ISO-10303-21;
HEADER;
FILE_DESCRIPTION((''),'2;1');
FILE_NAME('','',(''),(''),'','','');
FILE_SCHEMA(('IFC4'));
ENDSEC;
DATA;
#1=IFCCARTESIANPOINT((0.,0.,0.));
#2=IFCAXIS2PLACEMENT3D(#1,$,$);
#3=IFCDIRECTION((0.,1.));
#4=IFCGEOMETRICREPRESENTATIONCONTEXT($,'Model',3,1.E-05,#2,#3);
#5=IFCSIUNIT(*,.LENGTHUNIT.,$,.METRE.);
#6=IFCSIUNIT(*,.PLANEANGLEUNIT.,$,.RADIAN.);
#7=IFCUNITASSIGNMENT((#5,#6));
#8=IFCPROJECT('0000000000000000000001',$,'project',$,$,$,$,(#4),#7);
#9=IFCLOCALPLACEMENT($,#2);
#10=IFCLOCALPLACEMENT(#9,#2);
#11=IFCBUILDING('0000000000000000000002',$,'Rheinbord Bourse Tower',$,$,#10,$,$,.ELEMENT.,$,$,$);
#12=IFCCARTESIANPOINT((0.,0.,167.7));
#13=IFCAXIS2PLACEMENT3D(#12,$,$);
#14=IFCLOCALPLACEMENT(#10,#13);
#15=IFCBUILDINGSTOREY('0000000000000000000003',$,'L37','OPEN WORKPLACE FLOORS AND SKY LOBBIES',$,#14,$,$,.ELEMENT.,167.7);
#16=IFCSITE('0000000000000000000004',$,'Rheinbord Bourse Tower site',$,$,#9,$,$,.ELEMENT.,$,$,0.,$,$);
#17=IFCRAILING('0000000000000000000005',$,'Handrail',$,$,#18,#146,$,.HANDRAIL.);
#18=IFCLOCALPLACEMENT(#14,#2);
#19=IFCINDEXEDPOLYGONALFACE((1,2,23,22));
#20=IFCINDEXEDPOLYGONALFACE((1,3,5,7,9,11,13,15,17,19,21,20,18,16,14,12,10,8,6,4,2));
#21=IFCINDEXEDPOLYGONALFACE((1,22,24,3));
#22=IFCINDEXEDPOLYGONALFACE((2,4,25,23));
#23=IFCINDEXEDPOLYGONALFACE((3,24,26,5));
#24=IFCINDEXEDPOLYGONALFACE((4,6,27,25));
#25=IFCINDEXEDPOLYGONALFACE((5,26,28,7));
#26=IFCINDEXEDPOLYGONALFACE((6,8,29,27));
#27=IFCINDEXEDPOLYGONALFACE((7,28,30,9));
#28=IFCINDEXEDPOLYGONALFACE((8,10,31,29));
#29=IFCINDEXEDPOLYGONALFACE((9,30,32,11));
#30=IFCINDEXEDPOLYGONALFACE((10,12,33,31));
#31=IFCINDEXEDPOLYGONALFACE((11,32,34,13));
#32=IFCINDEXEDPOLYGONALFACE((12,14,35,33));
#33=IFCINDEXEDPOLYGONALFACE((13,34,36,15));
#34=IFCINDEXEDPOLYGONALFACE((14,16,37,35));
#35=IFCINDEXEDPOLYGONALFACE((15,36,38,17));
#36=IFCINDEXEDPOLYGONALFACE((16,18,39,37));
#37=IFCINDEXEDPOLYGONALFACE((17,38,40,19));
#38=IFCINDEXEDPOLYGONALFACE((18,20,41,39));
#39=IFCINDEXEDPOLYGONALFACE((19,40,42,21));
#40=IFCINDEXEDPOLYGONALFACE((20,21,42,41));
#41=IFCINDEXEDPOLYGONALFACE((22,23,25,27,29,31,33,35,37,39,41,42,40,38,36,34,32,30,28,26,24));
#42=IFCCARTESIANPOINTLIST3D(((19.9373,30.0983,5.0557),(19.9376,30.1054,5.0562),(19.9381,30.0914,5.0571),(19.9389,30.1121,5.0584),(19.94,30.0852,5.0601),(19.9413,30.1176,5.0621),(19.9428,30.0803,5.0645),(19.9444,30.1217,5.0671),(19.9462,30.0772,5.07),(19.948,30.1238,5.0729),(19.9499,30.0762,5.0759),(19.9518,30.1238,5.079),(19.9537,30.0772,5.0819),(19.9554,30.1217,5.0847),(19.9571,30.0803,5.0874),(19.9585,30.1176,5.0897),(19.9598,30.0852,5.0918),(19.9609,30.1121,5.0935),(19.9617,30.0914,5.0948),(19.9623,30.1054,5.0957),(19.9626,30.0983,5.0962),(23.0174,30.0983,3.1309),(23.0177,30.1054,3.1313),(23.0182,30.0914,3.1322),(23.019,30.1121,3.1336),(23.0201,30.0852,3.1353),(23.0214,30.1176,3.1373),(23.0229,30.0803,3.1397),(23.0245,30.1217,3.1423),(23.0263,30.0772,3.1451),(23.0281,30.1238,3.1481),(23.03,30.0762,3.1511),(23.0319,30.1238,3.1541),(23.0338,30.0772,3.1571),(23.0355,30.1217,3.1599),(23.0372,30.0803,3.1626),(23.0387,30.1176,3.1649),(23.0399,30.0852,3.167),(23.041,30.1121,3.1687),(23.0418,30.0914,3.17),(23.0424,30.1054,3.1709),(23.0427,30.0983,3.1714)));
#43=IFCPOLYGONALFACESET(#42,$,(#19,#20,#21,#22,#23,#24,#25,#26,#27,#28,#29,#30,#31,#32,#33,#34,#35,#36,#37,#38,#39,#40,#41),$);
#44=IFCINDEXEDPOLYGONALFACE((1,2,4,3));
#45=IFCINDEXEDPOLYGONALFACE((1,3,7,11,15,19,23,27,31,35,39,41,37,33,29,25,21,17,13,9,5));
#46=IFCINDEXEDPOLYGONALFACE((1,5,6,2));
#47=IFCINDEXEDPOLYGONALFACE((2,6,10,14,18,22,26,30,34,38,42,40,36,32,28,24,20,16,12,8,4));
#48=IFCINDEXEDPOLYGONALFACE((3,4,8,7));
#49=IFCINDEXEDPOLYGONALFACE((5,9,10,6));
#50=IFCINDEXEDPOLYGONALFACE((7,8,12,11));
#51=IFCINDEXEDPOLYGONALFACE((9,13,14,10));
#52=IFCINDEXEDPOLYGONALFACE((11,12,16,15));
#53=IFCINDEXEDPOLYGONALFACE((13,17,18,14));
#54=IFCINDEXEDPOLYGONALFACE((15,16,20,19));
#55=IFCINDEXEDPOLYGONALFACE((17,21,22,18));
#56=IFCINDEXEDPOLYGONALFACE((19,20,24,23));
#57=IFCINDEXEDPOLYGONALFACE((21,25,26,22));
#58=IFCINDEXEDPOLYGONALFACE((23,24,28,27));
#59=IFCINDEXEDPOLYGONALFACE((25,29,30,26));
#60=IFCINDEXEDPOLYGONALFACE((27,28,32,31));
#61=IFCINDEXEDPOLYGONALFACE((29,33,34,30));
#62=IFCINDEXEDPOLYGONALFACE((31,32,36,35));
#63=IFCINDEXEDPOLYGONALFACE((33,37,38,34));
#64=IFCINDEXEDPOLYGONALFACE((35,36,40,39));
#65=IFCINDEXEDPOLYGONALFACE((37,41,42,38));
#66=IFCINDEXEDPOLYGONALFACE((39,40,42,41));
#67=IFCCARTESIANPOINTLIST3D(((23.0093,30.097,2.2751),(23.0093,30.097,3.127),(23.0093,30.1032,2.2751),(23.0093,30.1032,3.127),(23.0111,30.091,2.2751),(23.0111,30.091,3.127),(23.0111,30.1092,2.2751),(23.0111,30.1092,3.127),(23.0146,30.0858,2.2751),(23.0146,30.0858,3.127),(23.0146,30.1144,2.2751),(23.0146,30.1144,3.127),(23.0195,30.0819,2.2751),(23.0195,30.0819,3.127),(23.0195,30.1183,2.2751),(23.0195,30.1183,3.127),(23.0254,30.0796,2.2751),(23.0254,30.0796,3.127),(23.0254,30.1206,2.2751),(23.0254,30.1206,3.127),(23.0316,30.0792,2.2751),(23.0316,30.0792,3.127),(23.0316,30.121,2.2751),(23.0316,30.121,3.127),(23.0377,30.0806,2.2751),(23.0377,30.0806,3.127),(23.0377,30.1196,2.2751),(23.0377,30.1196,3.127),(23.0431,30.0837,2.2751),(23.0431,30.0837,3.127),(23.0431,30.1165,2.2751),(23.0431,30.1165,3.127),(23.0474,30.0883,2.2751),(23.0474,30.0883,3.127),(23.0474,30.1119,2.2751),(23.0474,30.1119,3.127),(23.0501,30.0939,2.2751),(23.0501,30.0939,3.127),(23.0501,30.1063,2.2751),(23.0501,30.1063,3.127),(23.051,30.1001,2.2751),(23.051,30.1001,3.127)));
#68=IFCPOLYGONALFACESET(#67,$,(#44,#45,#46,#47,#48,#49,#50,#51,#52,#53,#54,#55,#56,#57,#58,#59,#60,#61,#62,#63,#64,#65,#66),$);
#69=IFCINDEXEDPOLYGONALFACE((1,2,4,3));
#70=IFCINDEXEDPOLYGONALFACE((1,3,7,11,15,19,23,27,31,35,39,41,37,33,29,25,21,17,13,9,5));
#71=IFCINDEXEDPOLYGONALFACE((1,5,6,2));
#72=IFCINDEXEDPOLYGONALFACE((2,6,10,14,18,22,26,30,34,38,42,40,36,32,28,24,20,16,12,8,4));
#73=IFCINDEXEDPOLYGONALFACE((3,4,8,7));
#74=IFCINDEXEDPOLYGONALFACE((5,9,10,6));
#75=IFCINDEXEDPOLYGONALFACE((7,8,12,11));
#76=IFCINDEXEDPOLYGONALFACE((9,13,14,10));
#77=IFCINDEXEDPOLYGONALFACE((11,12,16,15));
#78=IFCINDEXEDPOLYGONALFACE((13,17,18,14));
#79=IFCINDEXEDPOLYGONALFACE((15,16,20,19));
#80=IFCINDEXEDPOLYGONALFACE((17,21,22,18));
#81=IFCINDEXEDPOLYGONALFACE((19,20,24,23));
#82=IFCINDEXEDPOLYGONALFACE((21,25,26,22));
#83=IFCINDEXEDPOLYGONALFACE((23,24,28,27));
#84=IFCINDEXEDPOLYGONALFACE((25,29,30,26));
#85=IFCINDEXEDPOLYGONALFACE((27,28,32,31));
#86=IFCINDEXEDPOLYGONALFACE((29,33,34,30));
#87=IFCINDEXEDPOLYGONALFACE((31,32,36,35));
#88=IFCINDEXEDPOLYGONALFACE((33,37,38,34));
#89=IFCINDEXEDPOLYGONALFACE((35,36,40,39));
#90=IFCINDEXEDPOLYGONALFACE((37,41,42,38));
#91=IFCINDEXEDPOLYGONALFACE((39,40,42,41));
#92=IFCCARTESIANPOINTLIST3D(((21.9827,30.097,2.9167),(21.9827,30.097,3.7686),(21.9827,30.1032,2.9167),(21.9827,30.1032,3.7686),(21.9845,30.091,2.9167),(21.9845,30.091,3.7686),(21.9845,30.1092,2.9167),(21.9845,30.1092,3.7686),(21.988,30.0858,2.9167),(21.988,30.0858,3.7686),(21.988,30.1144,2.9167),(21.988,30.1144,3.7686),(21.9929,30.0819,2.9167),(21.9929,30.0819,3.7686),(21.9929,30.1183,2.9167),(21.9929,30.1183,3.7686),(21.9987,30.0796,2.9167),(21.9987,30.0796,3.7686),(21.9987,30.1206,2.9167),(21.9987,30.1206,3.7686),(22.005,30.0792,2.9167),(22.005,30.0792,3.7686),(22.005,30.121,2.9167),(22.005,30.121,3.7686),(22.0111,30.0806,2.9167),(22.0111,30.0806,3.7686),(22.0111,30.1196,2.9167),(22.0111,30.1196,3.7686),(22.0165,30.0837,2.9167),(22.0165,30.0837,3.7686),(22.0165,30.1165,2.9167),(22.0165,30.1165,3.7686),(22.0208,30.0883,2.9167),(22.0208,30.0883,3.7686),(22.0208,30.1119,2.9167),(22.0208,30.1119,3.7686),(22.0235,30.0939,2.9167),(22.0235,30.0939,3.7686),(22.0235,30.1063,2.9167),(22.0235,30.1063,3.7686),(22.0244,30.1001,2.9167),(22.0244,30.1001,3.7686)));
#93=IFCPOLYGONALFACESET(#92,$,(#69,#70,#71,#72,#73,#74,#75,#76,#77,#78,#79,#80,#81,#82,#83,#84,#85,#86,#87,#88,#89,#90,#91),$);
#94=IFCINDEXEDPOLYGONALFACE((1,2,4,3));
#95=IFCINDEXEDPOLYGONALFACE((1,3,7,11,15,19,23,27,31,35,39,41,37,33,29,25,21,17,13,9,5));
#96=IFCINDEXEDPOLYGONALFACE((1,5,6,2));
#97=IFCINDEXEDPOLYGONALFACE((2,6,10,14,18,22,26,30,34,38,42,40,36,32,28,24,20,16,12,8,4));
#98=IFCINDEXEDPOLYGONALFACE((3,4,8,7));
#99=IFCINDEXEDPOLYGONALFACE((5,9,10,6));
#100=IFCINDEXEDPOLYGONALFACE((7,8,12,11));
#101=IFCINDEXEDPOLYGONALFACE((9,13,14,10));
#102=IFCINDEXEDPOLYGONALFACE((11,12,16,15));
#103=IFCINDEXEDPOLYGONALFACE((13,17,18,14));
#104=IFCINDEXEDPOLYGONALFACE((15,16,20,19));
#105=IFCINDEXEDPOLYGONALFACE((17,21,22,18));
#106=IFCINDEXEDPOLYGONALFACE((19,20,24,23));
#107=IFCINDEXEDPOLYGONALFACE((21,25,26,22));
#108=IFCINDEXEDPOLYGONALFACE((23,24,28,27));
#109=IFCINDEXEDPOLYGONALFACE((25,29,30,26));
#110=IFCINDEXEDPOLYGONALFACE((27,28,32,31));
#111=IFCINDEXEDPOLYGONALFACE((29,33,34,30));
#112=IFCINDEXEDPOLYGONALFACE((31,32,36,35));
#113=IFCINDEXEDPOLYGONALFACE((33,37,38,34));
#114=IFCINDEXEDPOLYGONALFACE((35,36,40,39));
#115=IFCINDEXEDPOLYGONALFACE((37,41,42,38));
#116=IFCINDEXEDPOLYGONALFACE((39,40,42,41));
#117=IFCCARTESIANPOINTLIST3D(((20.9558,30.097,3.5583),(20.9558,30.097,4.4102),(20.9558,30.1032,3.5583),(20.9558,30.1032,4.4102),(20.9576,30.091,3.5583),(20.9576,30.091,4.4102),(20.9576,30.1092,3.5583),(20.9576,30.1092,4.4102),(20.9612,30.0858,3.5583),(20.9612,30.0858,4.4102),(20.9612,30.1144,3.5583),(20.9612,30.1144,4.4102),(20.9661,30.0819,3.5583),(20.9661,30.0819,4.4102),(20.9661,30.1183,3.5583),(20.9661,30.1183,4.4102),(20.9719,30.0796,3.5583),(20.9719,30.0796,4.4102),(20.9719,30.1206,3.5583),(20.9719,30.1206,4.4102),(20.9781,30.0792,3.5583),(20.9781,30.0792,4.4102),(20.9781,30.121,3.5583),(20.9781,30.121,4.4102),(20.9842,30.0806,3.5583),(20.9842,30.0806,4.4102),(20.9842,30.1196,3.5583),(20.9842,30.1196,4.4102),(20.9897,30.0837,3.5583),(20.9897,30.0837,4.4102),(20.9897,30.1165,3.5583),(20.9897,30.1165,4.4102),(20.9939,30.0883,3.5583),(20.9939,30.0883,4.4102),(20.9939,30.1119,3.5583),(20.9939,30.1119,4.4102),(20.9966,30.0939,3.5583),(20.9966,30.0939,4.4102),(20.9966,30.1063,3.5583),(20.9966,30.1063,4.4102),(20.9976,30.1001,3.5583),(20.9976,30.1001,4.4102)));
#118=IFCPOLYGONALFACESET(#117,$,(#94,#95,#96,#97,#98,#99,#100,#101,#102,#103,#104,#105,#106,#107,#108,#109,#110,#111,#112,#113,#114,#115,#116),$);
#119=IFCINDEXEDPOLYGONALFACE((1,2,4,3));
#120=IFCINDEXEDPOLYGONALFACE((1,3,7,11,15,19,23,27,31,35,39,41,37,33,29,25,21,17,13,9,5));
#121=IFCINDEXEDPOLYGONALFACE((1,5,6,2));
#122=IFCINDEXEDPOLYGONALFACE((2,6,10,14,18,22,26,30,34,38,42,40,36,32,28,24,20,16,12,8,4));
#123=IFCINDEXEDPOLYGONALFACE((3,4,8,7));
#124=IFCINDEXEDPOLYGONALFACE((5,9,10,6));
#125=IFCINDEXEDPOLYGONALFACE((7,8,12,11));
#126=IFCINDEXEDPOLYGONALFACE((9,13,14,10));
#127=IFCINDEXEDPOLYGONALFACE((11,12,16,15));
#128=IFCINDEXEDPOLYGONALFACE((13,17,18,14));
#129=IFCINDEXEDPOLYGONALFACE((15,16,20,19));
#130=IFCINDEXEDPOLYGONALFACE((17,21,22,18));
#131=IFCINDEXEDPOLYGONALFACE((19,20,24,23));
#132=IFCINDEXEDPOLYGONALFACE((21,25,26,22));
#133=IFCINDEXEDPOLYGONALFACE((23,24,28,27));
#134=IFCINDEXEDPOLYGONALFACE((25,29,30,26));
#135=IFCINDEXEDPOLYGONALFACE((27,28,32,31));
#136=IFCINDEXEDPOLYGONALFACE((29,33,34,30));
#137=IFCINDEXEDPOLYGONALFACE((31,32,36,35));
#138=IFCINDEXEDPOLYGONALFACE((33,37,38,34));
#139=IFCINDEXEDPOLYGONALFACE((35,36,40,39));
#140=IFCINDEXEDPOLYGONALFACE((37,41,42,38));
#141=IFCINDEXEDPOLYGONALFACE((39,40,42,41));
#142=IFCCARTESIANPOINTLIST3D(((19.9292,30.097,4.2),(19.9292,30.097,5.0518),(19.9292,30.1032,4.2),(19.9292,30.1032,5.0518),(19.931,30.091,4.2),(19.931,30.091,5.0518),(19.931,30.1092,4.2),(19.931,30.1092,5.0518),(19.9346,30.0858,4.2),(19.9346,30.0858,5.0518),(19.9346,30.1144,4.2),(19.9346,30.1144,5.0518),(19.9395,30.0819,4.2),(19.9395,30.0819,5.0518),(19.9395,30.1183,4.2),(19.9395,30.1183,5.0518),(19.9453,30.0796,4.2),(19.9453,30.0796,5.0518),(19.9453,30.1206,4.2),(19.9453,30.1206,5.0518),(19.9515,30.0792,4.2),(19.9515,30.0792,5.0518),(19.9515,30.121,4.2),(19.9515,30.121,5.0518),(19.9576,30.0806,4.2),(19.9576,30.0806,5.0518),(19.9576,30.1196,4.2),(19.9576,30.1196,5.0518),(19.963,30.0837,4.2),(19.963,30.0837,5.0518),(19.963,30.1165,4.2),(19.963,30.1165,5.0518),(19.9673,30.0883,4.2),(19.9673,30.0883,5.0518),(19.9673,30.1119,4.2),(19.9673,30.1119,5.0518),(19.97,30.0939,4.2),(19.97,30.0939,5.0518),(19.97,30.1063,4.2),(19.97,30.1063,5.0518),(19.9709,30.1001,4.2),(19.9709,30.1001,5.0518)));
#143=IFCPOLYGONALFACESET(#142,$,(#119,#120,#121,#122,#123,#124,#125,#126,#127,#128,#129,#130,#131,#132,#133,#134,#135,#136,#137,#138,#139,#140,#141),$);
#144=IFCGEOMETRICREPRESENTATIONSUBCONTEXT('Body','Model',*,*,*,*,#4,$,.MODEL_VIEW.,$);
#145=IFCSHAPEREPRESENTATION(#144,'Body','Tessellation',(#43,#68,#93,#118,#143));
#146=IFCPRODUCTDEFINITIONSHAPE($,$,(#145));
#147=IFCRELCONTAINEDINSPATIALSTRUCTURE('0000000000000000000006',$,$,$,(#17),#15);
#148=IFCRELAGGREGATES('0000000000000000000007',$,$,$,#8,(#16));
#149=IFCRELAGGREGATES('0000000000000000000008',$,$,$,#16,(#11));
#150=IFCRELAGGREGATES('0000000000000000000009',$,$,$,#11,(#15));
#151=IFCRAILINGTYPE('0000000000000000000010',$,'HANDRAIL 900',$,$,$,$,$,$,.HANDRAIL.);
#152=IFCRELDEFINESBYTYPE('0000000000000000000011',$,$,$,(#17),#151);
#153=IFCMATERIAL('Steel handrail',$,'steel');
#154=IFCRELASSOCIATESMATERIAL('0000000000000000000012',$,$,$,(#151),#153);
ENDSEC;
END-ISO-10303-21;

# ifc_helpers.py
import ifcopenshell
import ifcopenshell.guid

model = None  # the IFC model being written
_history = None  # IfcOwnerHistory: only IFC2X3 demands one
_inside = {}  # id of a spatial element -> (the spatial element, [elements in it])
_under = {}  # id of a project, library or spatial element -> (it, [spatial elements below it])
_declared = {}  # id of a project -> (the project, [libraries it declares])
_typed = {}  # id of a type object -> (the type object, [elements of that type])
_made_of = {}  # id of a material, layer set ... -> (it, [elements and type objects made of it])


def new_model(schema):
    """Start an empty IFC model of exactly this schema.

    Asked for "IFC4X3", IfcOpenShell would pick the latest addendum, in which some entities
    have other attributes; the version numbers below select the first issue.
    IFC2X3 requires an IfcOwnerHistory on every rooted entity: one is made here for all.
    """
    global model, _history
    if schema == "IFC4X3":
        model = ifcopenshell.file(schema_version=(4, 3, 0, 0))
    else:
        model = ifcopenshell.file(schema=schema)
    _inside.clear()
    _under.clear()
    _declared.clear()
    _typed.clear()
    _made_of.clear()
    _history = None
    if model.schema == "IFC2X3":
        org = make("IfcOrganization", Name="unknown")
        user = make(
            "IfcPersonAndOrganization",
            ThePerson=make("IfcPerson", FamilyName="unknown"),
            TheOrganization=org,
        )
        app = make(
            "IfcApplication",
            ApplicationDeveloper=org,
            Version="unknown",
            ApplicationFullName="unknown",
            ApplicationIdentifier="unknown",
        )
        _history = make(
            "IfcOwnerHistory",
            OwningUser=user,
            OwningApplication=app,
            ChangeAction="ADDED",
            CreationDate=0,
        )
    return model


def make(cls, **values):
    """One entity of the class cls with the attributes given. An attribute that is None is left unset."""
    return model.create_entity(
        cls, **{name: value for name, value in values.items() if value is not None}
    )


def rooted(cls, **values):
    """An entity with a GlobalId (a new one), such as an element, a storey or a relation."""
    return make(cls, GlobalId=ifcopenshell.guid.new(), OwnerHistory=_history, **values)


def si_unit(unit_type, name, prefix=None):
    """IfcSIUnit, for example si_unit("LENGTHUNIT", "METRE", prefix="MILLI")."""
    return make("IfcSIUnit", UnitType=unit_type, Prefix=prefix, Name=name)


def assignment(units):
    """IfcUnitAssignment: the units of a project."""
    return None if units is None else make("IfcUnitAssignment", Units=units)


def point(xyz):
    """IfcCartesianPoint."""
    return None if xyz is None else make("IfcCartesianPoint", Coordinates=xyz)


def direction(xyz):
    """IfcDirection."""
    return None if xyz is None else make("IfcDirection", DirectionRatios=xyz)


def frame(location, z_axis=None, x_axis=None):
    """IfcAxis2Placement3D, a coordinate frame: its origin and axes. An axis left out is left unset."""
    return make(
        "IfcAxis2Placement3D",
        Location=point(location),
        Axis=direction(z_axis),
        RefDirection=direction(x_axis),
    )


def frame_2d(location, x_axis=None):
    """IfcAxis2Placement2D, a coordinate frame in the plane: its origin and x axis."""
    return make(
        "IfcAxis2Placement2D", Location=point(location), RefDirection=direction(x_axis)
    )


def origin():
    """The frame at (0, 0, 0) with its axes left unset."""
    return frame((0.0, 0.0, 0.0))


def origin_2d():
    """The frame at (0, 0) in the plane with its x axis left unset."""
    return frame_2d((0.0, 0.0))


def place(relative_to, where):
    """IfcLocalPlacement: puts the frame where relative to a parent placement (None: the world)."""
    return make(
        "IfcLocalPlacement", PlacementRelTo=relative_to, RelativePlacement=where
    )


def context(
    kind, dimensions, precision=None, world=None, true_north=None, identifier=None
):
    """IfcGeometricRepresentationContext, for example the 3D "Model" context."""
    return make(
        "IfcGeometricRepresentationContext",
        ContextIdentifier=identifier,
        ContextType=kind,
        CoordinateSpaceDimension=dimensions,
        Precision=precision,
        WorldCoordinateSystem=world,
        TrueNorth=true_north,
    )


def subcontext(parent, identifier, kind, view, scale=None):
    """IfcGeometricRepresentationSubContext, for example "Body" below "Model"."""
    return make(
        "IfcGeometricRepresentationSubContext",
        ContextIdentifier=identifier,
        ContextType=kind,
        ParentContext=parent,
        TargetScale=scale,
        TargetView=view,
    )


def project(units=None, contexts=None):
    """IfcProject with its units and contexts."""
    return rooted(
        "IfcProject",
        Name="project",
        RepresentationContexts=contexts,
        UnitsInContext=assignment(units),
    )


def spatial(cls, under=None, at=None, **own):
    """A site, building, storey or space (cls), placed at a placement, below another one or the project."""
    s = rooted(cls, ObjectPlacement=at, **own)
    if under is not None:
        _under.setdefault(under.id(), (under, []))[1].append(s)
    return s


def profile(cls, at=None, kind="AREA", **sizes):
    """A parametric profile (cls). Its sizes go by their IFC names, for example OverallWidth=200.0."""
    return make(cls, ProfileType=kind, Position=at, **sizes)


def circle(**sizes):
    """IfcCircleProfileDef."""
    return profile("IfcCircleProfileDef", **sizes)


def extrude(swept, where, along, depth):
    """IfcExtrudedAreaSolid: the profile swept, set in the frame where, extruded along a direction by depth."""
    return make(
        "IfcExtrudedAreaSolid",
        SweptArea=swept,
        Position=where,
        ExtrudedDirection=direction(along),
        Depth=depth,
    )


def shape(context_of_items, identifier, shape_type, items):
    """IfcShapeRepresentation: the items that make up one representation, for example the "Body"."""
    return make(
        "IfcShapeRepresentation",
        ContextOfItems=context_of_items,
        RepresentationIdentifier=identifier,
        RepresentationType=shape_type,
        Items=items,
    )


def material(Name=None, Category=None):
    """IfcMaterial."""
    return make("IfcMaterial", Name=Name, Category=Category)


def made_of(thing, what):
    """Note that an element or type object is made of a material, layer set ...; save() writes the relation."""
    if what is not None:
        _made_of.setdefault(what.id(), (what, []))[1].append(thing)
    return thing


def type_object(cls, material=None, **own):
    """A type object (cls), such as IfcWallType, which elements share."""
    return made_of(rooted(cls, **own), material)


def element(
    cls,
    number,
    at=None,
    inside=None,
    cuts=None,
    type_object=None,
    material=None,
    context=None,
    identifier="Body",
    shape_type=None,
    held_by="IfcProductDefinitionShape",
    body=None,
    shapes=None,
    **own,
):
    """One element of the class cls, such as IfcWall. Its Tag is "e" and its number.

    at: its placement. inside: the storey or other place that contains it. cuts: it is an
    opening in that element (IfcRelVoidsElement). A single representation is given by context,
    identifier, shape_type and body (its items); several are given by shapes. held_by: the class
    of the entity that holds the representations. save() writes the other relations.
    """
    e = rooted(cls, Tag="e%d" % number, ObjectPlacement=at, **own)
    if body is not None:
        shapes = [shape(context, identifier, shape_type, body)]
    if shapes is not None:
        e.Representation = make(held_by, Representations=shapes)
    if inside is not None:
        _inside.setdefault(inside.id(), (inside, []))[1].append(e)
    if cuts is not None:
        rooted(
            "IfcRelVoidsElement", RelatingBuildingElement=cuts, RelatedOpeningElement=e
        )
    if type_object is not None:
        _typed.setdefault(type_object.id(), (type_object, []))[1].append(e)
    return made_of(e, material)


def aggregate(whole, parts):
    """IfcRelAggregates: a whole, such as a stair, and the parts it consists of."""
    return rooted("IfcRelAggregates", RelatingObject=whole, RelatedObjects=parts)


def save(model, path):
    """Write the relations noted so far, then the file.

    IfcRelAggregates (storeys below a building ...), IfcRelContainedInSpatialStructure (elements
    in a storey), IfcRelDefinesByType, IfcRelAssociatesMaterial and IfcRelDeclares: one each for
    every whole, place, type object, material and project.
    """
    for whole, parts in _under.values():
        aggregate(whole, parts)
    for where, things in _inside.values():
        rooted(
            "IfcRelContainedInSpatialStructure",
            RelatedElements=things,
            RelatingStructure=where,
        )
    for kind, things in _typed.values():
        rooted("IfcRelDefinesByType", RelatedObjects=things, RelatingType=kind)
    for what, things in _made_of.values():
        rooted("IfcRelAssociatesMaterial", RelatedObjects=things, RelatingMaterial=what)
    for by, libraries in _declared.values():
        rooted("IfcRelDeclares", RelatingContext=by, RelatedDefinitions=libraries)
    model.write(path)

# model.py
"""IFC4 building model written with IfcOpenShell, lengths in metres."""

from ifc_helpers import new_model, si_unit, direction, frame, origin, origin_2d, place, context, subcontext, project, spatial, circle, extrude, material, type_object, element, save


model = new_model("IFC4")

# Units and contexts
model_context = context("Model", 3, precision=1e-05, world=origin(), true_north=direction((0.0, 1.0)))
body_context = subcontext(model_context, "Body", "Model", "MODEL_VIEW")
ifc_project = project(units=[si_unit("LENGTHUNIT", "METRE"), si_unit("PLANEANGLEUNIT", "RADIAN")], contexts=[model_context])

# Site, building, storey
site_placement = place(None, origin())
site = spatial("IfcSite", under=ifc_project, at=site_placement, Name="Rheinbord Bourse Tower site", CompositionType="ELEMENT", RefElevation=0.0)
building_placement = place(site_placement, origin())
building = spatial("IfcBuilding", under=site, at=building_placement, Name="Rheinbord Bourse Tower", CompositionType="ELEMENT")
storey_placement = place(building_placement, frame((0.0, 0.0, 167.7)))
storey = spatial("IfcBuildingStorey", under=building, at=storey_placement, Name="L37", Description="OPEN WORKPLACE FLOORS AND SKY LOBBIES", CompositionType="ELEMENT", Elevation=167.7)

# Railing
ifc_material_1 = material(Name="Steel handrail", Category="steel")
railing_type = type_object("IfcRailingType", Name="HANDRAIL 900", PredefinedType="HANDRAIL", material=ifc_material_1)
railing_1_placement = place(storey_placement, frame((23.03, 30.1001, 2.2751)))
element("IfcRailing", 1, at=railing_1_placement, inside=storey, type_object=railing_type, Name="Handrail", PredefinedType="HANDRAIL", context=body_context, shape_type="SweptSolid", body=[
    extrude(circle(Radius=0.0239, at=origin_2d()), frame((0.0, 0.0, 0.876), z_axis=(-0.848029, 0.0, 0.529951), x_axis=(0.0, -1.0, 0.0)), (0.0, 0.0, 1.0), 3.6321),
    extrude(circle(Radius=0.021, at=origin_2d()), origin(), (0.0, 0.0, 1.0), 0.8518),
    extrude(circle(Radius=0.021, at=origin_2d()), frame((-1.0266, 0.0, 0.6416)), (0.0, 0.0, 1.0), 0.8518),
    extrude(circle(Radius=0.021, at=origin_2d()), frame((-2.0535, 0.0, 1.2832)), (0.0, 0.0, 1.0), 0.8518),
    extrude(circle(Radius=0.021, at=origin_2d()), frame((-3.0801, 0.0, 1.9248)), (0.0, 0.0, 1.0), 0.8518),
])

save(model, "model.ifc")
